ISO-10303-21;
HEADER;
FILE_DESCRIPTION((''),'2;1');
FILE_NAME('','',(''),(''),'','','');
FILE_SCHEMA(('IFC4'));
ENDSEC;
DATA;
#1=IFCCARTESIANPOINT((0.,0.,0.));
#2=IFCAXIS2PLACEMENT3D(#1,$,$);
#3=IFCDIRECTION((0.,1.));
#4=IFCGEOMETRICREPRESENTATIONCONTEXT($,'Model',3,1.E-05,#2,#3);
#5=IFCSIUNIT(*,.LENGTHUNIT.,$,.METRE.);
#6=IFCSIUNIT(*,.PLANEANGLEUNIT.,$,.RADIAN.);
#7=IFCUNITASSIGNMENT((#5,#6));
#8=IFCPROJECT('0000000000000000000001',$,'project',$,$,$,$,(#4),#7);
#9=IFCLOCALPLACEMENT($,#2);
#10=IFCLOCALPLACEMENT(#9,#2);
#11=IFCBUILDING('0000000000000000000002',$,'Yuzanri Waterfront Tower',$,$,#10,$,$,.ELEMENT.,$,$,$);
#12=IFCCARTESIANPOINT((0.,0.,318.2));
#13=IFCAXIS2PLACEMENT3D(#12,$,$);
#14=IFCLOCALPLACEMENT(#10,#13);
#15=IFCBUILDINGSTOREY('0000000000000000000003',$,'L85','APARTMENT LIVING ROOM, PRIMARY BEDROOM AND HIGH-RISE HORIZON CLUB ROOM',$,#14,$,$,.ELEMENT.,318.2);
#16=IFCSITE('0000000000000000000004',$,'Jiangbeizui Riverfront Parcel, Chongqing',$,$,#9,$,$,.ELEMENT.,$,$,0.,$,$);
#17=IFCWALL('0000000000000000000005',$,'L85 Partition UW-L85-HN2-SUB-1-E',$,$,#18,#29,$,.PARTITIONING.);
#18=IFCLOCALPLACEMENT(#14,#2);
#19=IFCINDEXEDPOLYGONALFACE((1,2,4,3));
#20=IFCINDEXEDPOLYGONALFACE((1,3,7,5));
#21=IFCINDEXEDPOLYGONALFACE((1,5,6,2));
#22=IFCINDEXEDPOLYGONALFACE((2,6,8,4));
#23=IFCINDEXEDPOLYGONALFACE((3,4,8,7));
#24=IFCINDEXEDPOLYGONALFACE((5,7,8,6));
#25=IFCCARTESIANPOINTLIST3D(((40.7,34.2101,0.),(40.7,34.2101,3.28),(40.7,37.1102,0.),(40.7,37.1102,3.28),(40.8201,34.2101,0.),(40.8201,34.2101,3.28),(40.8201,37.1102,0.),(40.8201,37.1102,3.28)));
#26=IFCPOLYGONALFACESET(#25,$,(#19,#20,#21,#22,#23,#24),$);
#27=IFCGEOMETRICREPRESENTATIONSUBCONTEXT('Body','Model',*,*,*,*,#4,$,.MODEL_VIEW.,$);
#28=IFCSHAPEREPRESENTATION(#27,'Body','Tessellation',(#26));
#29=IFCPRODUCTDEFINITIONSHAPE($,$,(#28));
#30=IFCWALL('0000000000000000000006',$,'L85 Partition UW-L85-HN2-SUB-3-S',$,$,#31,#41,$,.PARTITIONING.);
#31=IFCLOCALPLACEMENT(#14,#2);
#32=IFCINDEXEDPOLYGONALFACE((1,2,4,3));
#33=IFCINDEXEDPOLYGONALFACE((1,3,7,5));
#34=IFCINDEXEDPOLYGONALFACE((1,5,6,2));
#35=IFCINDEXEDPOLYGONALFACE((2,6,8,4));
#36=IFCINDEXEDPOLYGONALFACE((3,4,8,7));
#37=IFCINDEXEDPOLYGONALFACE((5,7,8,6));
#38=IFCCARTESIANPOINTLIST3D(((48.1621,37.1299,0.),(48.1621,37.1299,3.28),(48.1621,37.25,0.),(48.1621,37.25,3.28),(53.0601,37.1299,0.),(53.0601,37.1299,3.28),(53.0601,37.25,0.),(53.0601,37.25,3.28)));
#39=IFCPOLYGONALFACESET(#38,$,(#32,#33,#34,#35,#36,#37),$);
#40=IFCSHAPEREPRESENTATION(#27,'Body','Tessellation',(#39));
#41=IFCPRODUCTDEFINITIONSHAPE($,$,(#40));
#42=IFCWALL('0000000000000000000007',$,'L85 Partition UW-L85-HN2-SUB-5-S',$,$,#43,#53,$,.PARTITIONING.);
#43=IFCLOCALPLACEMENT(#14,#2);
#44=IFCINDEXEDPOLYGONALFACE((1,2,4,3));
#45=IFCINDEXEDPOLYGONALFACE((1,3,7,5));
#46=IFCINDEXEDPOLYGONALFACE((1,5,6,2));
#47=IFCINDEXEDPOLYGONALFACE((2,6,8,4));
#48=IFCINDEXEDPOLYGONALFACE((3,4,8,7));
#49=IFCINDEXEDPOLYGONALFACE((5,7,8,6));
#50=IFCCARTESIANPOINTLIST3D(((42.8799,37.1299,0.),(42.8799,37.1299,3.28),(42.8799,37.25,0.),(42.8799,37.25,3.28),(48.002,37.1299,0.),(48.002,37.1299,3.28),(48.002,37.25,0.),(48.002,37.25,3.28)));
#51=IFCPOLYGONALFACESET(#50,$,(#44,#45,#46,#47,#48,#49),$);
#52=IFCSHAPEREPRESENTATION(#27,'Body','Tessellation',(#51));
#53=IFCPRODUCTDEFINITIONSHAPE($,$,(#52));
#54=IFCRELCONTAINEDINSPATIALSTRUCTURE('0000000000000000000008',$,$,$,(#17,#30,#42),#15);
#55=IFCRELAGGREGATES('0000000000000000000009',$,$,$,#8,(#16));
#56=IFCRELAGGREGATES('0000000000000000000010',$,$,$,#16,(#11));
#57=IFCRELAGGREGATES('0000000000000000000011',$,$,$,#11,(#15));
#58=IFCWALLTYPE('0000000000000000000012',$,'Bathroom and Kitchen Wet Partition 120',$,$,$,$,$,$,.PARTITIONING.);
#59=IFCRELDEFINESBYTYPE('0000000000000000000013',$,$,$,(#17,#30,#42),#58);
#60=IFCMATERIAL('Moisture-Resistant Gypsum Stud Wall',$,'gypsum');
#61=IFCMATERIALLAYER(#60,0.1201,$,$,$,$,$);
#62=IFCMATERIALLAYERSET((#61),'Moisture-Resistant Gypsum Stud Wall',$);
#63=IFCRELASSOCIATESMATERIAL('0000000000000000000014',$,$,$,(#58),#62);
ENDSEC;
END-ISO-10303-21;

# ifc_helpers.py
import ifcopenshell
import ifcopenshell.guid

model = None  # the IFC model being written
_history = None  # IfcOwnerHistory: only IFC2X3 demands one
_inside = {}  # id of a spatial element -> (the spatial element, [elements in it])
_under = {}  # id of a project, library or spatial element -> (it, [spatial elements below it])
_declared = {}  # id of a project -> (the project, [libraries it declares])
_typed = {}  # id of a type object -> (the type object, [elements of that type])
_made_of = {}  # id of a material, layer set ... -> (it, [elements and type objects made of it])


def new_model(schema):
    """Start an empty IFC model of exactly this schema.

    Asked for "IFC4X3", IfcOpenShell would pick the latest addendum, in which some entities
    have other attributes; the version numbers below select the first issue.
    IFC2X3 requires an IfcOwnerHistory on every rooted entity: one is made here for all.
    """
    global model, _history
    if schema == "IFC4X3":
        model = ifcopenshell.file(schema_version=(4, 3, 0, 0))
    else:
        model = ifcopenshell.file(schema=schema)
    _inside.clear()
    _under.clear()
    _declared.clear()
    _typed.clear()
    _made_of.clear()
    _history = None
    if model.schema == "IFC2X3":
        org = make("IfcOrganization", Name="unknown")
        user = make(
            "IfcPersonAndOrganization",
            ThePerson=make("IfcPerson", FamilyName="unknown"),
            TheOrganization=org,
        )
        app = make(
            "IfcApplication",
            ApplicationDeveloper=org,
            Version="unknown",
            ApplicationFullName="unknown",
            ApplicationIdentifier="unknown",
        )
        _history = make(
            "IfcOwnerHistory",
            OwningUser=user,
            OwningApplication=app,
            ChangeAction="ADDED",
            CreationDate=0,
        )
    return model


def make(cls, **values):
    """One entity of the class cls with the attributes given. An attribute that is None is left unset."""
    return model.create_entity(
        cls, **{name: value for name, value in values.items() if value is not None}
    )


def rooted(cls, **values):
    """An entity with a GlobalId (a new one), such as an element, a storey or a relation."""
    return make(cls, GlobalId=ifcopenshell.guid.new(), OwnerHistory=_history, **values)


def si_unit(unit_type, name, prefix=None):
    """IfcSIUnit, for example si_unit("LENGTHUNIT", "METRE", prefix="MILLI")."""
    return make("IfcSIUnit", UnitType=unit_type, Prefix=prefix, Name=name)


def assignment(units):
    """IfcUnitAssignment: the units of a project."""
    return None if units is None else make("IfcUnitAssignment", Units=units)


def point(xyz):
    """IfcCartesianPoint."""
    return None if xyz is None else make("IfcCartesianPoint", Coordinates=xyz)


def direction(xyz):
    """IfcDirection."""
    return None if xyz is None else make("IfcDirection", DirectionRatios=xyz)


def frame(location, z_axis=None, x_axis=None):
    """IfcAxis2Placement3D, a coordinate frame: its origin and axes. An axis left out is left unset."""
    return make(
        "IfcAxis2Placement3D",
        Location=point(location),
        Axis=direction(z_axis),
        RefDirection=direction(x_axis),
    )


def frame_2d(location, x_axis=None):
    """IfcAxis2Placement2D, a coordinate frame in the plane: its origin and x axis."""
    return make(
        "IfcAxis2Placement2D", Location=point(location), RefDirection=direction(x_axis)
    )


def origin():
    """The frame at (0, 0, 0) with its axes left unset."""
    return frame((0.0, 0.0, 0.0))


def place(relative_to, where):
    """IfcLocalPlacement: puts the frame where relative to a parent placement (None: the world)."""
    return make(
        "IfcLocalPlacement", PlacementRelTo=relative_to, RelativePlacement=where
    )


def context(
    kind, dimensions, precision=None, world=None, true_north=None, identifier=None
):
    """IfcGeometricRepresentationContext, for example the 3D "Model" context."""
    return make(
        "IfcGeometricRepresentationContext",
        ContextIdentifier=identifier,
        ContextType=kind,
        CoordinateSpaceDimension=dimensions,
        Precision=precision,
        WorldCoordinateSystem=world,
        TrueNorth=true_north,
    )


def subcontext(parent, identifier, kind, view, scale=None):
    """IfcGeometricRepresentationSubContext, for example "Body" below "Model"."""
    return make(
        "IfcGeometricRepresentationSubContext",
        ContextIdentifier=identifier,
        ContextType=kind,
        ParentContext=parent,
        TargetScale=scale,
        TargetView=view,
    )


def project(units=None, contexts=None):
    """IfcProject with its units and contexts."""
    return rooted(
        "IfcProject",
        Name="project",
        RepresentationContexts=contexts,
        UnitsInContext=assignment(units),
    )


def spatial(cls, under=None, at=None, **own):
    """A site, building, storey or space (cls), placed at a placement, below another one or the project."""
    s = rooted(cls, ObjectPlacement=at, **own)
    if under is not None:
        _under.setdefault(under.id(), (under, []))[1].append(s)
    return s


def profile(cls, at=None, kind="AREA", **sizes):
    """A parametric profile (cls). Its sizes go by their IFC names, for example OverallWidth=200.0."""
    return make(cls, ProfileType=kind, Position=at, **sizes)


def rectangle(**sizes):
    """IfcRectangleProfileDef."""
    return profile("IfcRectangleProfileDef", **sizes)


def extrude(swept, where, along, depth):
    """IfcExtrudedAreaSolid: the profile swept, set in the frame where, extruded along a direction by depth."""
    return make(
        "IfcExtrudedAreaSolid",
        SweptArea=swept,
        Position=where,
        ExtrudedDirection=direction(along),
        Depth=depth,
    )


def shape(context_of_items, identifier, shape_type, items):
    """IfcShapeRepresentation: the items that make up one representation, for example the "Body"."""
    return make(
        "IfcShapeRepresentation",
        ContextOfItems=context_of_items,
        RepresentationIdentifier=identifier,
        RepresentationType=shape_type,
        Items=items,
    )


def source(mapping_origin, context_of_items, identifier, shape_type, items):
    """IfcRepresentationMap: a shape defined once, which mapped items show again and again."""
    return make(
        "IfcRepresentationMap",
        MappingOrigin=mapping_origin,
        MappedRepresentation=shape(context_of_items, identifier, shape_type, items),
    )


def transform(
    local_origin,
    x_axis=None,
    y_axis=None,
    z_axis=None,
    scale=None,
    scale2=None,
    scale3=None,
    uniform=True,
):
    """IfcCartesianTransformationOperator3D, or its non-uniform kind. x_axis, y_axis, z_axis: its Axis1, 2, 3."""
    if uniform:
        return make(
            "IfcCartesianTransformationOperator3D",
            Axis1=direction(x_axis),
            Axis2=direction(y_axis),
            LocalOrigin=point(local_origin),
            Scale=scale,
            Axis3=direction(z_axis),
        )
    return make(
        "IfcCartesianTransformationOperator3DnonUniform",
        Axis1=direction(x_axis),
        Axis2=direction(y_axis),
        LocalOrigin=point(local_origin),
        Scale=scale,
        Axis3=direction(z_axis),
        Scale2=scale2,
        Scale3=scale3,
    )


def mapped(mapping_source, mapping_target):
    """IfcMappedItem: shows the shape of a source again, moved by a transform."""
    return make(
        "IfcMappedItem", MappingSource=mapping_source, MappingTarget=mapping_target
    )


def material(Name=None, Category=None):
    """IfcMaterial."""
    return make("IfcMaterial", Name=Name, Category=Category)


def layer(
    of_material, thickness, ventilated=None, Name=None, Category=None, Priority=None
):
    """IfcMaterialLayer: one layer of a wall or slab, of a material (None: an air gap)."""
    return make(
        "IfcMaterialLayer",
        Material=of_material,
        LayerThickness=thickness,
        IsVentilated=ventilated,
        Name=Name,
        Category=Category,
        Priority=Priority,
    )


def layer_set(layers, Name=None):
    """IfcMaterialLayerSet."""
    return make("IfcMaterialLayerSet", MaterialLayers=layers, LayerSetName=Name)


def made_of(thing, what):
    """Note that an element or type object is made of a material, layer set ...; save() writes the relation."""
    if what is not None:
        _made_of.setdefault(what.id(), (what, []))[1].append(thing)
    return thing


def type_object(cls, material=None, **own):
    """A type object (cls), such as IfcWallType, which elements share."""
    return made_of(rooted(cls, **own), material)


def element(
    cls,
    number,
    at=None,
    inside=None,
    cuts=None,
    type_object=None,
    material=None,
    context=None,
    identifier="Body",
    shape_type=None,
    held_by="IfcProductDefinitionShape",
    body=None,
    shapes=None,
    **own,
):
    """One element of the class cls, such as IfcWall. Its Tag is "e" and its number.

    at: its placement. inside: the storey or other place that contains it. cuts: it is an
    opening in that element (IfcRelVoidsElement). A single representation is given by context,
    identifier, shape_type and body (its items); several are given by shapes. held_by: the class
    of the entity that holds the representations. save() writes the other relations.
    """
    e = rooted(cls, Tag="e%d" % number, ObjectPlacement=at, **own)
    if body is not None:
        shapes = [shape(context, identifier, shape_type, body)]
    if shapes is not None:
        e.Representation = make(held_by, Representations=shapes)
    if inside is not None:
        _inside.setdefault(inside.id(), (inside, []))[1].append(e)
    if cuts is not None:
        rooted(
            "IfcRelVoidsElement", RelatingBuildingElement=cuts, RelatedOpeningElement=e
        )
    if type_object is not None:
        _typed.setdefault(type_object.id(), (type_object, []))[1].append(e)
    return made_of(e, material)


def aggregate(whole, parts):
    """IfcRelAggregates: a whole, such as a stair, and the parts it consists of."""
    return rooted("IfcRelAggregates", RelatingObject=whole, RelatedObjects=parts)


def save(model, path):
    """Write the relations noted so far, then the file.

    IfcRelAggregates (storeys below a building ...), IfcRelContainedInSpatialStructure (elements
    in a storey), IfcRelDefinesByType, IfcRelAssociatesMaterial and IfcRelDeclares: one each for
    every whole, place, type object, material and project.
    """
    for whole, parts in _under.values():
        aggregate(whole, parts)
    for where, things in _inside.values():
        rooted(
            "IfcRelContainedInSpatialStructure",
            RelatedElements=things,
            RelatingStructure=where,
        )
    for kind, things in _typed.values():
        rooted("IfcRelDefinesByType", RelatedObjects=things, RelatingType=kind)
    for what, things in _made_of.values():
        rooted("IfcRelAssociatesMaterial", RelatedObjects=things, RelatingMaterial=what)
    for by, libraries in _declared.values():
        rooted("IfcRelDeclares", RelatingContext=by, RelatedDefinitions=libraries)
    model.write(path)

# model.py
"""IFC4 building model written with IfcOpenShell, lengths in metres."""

from ifc_helpers import new_model, si_unit, direction, frame, frame_2d, origin, place, context, subcontext, project, spatial, rectangle, extrude, source, transform, mapped, material, layer, layer_set, type_object, element, save


model = new_model("IFC4")

# Units and contexts
model_context = context("Model", 3, precision=1e-05, world=origin(), true_north=direction((0.0, 1.0)))
body_context = subcontext(model_context, "Body", "Model", "MODEL_VIEW")
ifc_project = project(units=[si_unit("LENGTHUNIT", "METRE"), si_unit("PLANEANGLEUNIT", "RADIAN")], contexts=[model_context])

# Site, building, storey
site_placement = place(None, origin())
site = spatial("IfcSite", under=ifc_project, at=site_placement, Name="Jiangbeizui Riverfront Parcel, Chongqing", CompositionType="ELEMENT", RefElevation=0.0)
building_placement = place(site_placement, origin())
building = spatial("IfcBuilding", under=site, at=building_placement, Name="Yuzanri Waterfront Tower", CompositionType="ELEMENT")
storey_placement = place(building_placement, frame((0.0, 0.0, 318.2)))
storey = spatial("IfcBuildingStorey", under=building, at=storey_placement, Name="L85", Description="APARTMENT LIVING ROOM, PRIMARY BEDROOM AND HIGH-RISE HORIZON CLUB ROOM", CompositionType="ELEMENT", Elevation=318.2)

# Shared definitions
ifc_material_1 = material(Name="Moisture-Resistant Gypsum Stud Wall", Category="gypsum")
ifc_layer_1 = layer(ifc_material_1, 0.1201)
ifc_layer_set_1 = layer_set([ifc_layer_1], Name="Moisture-Resistant Gypsum Stud Wall")
wall_type_1 = type_object("IfcWallType", Name="Bathroom and Kitchen Wet Partition 120", PredefinedType="PARTITIONING", material=ifc_layer_set_1)

# Walls
shared_shape_1 = source(origin(), body_context, "Body", "SweptSolid", [
    extrude(rectangle(XDim=2.9001, YDim=0.1201, at=frame_2d((1.4502, 0.0))), origin(), (0.0, 0.0, 1.0), 3.28),
])
wall_1_placement = place(storey_placement, frame((40.76, 34.21, 0.0), z_axis=(0.0, 0.0, 1.0), x_axis=(0.0, 1.0, 0.0)))
element("IfcWall", 1, at=wall_1_placement, inside=storey, type_object=wall_type_1, Name="L85 Partition UW-L85-HN2-SUB-1-E", PredefinedType="PARTITIONING", context=body_context, shape_type="MappedRepresentation", body=[
    mapped(shared_shape_1, transform((0.0, 0.0, 0.0), scale=1.0)),
])
shared_shape_2 = source(origin(), body_context, "Body", "SweptSolid", [
    extrude(rectangle(XDim=4.8979, YDim=0.1201, at=frame_2d((2.449, 0.0))), origin(), (0.0, 0.0, 1.0), 3.28),
])
wall_2_placement = place(storey_placement, frame((48.1621, 37.1899, 0.0), z_axis=(0.0, 0.0, 1.0), x_axis=(1.0, 0.0, 0.0)))
element("IfcWall", 2, at=wall_2_placement, inside=storey, type_object=wall_type_1, Name="L85 Partition UW-L85-HN2-SUB-3-S", PredefinedType="PARTITIONING", context=body_context, shape_type="MappedRepresentation", body=[
    mapped(shared_shape_2, transform((0.0, 0.0, 0.0), scale=1.0)),
])
shared_shape_3 = source(origin(), body_context, "Body", "SweptSolid", [
    extrude(rectangle(XDim=5.1221, YDim=0.1201, at=frame_2d((2.561, 0.0))), origin(), (0.0, 0.0, 1.0), 3.28),
])
wall_3_placement = place(storey_placement, frame((42.8799, 37.1899, 0.0), z_axis=(0.0, 0.0, 1.0), x_axis=(1.0, 0.0, 0.0)))
element("IfcWall", 3, at=wall_3_placement, inside=storey, type_object=wall_type_1, Name="L85 Partition UW-L85-HN2-SUB-5-S", PredefinedType="PARTITIONING", context=body_context, shape_type="MappedRepresentation", body=[
    mapped(shared_shape_3, transform((0.0, 0.0, 0.0), scale=1.0)),
])

save(model, "model.ifc")
